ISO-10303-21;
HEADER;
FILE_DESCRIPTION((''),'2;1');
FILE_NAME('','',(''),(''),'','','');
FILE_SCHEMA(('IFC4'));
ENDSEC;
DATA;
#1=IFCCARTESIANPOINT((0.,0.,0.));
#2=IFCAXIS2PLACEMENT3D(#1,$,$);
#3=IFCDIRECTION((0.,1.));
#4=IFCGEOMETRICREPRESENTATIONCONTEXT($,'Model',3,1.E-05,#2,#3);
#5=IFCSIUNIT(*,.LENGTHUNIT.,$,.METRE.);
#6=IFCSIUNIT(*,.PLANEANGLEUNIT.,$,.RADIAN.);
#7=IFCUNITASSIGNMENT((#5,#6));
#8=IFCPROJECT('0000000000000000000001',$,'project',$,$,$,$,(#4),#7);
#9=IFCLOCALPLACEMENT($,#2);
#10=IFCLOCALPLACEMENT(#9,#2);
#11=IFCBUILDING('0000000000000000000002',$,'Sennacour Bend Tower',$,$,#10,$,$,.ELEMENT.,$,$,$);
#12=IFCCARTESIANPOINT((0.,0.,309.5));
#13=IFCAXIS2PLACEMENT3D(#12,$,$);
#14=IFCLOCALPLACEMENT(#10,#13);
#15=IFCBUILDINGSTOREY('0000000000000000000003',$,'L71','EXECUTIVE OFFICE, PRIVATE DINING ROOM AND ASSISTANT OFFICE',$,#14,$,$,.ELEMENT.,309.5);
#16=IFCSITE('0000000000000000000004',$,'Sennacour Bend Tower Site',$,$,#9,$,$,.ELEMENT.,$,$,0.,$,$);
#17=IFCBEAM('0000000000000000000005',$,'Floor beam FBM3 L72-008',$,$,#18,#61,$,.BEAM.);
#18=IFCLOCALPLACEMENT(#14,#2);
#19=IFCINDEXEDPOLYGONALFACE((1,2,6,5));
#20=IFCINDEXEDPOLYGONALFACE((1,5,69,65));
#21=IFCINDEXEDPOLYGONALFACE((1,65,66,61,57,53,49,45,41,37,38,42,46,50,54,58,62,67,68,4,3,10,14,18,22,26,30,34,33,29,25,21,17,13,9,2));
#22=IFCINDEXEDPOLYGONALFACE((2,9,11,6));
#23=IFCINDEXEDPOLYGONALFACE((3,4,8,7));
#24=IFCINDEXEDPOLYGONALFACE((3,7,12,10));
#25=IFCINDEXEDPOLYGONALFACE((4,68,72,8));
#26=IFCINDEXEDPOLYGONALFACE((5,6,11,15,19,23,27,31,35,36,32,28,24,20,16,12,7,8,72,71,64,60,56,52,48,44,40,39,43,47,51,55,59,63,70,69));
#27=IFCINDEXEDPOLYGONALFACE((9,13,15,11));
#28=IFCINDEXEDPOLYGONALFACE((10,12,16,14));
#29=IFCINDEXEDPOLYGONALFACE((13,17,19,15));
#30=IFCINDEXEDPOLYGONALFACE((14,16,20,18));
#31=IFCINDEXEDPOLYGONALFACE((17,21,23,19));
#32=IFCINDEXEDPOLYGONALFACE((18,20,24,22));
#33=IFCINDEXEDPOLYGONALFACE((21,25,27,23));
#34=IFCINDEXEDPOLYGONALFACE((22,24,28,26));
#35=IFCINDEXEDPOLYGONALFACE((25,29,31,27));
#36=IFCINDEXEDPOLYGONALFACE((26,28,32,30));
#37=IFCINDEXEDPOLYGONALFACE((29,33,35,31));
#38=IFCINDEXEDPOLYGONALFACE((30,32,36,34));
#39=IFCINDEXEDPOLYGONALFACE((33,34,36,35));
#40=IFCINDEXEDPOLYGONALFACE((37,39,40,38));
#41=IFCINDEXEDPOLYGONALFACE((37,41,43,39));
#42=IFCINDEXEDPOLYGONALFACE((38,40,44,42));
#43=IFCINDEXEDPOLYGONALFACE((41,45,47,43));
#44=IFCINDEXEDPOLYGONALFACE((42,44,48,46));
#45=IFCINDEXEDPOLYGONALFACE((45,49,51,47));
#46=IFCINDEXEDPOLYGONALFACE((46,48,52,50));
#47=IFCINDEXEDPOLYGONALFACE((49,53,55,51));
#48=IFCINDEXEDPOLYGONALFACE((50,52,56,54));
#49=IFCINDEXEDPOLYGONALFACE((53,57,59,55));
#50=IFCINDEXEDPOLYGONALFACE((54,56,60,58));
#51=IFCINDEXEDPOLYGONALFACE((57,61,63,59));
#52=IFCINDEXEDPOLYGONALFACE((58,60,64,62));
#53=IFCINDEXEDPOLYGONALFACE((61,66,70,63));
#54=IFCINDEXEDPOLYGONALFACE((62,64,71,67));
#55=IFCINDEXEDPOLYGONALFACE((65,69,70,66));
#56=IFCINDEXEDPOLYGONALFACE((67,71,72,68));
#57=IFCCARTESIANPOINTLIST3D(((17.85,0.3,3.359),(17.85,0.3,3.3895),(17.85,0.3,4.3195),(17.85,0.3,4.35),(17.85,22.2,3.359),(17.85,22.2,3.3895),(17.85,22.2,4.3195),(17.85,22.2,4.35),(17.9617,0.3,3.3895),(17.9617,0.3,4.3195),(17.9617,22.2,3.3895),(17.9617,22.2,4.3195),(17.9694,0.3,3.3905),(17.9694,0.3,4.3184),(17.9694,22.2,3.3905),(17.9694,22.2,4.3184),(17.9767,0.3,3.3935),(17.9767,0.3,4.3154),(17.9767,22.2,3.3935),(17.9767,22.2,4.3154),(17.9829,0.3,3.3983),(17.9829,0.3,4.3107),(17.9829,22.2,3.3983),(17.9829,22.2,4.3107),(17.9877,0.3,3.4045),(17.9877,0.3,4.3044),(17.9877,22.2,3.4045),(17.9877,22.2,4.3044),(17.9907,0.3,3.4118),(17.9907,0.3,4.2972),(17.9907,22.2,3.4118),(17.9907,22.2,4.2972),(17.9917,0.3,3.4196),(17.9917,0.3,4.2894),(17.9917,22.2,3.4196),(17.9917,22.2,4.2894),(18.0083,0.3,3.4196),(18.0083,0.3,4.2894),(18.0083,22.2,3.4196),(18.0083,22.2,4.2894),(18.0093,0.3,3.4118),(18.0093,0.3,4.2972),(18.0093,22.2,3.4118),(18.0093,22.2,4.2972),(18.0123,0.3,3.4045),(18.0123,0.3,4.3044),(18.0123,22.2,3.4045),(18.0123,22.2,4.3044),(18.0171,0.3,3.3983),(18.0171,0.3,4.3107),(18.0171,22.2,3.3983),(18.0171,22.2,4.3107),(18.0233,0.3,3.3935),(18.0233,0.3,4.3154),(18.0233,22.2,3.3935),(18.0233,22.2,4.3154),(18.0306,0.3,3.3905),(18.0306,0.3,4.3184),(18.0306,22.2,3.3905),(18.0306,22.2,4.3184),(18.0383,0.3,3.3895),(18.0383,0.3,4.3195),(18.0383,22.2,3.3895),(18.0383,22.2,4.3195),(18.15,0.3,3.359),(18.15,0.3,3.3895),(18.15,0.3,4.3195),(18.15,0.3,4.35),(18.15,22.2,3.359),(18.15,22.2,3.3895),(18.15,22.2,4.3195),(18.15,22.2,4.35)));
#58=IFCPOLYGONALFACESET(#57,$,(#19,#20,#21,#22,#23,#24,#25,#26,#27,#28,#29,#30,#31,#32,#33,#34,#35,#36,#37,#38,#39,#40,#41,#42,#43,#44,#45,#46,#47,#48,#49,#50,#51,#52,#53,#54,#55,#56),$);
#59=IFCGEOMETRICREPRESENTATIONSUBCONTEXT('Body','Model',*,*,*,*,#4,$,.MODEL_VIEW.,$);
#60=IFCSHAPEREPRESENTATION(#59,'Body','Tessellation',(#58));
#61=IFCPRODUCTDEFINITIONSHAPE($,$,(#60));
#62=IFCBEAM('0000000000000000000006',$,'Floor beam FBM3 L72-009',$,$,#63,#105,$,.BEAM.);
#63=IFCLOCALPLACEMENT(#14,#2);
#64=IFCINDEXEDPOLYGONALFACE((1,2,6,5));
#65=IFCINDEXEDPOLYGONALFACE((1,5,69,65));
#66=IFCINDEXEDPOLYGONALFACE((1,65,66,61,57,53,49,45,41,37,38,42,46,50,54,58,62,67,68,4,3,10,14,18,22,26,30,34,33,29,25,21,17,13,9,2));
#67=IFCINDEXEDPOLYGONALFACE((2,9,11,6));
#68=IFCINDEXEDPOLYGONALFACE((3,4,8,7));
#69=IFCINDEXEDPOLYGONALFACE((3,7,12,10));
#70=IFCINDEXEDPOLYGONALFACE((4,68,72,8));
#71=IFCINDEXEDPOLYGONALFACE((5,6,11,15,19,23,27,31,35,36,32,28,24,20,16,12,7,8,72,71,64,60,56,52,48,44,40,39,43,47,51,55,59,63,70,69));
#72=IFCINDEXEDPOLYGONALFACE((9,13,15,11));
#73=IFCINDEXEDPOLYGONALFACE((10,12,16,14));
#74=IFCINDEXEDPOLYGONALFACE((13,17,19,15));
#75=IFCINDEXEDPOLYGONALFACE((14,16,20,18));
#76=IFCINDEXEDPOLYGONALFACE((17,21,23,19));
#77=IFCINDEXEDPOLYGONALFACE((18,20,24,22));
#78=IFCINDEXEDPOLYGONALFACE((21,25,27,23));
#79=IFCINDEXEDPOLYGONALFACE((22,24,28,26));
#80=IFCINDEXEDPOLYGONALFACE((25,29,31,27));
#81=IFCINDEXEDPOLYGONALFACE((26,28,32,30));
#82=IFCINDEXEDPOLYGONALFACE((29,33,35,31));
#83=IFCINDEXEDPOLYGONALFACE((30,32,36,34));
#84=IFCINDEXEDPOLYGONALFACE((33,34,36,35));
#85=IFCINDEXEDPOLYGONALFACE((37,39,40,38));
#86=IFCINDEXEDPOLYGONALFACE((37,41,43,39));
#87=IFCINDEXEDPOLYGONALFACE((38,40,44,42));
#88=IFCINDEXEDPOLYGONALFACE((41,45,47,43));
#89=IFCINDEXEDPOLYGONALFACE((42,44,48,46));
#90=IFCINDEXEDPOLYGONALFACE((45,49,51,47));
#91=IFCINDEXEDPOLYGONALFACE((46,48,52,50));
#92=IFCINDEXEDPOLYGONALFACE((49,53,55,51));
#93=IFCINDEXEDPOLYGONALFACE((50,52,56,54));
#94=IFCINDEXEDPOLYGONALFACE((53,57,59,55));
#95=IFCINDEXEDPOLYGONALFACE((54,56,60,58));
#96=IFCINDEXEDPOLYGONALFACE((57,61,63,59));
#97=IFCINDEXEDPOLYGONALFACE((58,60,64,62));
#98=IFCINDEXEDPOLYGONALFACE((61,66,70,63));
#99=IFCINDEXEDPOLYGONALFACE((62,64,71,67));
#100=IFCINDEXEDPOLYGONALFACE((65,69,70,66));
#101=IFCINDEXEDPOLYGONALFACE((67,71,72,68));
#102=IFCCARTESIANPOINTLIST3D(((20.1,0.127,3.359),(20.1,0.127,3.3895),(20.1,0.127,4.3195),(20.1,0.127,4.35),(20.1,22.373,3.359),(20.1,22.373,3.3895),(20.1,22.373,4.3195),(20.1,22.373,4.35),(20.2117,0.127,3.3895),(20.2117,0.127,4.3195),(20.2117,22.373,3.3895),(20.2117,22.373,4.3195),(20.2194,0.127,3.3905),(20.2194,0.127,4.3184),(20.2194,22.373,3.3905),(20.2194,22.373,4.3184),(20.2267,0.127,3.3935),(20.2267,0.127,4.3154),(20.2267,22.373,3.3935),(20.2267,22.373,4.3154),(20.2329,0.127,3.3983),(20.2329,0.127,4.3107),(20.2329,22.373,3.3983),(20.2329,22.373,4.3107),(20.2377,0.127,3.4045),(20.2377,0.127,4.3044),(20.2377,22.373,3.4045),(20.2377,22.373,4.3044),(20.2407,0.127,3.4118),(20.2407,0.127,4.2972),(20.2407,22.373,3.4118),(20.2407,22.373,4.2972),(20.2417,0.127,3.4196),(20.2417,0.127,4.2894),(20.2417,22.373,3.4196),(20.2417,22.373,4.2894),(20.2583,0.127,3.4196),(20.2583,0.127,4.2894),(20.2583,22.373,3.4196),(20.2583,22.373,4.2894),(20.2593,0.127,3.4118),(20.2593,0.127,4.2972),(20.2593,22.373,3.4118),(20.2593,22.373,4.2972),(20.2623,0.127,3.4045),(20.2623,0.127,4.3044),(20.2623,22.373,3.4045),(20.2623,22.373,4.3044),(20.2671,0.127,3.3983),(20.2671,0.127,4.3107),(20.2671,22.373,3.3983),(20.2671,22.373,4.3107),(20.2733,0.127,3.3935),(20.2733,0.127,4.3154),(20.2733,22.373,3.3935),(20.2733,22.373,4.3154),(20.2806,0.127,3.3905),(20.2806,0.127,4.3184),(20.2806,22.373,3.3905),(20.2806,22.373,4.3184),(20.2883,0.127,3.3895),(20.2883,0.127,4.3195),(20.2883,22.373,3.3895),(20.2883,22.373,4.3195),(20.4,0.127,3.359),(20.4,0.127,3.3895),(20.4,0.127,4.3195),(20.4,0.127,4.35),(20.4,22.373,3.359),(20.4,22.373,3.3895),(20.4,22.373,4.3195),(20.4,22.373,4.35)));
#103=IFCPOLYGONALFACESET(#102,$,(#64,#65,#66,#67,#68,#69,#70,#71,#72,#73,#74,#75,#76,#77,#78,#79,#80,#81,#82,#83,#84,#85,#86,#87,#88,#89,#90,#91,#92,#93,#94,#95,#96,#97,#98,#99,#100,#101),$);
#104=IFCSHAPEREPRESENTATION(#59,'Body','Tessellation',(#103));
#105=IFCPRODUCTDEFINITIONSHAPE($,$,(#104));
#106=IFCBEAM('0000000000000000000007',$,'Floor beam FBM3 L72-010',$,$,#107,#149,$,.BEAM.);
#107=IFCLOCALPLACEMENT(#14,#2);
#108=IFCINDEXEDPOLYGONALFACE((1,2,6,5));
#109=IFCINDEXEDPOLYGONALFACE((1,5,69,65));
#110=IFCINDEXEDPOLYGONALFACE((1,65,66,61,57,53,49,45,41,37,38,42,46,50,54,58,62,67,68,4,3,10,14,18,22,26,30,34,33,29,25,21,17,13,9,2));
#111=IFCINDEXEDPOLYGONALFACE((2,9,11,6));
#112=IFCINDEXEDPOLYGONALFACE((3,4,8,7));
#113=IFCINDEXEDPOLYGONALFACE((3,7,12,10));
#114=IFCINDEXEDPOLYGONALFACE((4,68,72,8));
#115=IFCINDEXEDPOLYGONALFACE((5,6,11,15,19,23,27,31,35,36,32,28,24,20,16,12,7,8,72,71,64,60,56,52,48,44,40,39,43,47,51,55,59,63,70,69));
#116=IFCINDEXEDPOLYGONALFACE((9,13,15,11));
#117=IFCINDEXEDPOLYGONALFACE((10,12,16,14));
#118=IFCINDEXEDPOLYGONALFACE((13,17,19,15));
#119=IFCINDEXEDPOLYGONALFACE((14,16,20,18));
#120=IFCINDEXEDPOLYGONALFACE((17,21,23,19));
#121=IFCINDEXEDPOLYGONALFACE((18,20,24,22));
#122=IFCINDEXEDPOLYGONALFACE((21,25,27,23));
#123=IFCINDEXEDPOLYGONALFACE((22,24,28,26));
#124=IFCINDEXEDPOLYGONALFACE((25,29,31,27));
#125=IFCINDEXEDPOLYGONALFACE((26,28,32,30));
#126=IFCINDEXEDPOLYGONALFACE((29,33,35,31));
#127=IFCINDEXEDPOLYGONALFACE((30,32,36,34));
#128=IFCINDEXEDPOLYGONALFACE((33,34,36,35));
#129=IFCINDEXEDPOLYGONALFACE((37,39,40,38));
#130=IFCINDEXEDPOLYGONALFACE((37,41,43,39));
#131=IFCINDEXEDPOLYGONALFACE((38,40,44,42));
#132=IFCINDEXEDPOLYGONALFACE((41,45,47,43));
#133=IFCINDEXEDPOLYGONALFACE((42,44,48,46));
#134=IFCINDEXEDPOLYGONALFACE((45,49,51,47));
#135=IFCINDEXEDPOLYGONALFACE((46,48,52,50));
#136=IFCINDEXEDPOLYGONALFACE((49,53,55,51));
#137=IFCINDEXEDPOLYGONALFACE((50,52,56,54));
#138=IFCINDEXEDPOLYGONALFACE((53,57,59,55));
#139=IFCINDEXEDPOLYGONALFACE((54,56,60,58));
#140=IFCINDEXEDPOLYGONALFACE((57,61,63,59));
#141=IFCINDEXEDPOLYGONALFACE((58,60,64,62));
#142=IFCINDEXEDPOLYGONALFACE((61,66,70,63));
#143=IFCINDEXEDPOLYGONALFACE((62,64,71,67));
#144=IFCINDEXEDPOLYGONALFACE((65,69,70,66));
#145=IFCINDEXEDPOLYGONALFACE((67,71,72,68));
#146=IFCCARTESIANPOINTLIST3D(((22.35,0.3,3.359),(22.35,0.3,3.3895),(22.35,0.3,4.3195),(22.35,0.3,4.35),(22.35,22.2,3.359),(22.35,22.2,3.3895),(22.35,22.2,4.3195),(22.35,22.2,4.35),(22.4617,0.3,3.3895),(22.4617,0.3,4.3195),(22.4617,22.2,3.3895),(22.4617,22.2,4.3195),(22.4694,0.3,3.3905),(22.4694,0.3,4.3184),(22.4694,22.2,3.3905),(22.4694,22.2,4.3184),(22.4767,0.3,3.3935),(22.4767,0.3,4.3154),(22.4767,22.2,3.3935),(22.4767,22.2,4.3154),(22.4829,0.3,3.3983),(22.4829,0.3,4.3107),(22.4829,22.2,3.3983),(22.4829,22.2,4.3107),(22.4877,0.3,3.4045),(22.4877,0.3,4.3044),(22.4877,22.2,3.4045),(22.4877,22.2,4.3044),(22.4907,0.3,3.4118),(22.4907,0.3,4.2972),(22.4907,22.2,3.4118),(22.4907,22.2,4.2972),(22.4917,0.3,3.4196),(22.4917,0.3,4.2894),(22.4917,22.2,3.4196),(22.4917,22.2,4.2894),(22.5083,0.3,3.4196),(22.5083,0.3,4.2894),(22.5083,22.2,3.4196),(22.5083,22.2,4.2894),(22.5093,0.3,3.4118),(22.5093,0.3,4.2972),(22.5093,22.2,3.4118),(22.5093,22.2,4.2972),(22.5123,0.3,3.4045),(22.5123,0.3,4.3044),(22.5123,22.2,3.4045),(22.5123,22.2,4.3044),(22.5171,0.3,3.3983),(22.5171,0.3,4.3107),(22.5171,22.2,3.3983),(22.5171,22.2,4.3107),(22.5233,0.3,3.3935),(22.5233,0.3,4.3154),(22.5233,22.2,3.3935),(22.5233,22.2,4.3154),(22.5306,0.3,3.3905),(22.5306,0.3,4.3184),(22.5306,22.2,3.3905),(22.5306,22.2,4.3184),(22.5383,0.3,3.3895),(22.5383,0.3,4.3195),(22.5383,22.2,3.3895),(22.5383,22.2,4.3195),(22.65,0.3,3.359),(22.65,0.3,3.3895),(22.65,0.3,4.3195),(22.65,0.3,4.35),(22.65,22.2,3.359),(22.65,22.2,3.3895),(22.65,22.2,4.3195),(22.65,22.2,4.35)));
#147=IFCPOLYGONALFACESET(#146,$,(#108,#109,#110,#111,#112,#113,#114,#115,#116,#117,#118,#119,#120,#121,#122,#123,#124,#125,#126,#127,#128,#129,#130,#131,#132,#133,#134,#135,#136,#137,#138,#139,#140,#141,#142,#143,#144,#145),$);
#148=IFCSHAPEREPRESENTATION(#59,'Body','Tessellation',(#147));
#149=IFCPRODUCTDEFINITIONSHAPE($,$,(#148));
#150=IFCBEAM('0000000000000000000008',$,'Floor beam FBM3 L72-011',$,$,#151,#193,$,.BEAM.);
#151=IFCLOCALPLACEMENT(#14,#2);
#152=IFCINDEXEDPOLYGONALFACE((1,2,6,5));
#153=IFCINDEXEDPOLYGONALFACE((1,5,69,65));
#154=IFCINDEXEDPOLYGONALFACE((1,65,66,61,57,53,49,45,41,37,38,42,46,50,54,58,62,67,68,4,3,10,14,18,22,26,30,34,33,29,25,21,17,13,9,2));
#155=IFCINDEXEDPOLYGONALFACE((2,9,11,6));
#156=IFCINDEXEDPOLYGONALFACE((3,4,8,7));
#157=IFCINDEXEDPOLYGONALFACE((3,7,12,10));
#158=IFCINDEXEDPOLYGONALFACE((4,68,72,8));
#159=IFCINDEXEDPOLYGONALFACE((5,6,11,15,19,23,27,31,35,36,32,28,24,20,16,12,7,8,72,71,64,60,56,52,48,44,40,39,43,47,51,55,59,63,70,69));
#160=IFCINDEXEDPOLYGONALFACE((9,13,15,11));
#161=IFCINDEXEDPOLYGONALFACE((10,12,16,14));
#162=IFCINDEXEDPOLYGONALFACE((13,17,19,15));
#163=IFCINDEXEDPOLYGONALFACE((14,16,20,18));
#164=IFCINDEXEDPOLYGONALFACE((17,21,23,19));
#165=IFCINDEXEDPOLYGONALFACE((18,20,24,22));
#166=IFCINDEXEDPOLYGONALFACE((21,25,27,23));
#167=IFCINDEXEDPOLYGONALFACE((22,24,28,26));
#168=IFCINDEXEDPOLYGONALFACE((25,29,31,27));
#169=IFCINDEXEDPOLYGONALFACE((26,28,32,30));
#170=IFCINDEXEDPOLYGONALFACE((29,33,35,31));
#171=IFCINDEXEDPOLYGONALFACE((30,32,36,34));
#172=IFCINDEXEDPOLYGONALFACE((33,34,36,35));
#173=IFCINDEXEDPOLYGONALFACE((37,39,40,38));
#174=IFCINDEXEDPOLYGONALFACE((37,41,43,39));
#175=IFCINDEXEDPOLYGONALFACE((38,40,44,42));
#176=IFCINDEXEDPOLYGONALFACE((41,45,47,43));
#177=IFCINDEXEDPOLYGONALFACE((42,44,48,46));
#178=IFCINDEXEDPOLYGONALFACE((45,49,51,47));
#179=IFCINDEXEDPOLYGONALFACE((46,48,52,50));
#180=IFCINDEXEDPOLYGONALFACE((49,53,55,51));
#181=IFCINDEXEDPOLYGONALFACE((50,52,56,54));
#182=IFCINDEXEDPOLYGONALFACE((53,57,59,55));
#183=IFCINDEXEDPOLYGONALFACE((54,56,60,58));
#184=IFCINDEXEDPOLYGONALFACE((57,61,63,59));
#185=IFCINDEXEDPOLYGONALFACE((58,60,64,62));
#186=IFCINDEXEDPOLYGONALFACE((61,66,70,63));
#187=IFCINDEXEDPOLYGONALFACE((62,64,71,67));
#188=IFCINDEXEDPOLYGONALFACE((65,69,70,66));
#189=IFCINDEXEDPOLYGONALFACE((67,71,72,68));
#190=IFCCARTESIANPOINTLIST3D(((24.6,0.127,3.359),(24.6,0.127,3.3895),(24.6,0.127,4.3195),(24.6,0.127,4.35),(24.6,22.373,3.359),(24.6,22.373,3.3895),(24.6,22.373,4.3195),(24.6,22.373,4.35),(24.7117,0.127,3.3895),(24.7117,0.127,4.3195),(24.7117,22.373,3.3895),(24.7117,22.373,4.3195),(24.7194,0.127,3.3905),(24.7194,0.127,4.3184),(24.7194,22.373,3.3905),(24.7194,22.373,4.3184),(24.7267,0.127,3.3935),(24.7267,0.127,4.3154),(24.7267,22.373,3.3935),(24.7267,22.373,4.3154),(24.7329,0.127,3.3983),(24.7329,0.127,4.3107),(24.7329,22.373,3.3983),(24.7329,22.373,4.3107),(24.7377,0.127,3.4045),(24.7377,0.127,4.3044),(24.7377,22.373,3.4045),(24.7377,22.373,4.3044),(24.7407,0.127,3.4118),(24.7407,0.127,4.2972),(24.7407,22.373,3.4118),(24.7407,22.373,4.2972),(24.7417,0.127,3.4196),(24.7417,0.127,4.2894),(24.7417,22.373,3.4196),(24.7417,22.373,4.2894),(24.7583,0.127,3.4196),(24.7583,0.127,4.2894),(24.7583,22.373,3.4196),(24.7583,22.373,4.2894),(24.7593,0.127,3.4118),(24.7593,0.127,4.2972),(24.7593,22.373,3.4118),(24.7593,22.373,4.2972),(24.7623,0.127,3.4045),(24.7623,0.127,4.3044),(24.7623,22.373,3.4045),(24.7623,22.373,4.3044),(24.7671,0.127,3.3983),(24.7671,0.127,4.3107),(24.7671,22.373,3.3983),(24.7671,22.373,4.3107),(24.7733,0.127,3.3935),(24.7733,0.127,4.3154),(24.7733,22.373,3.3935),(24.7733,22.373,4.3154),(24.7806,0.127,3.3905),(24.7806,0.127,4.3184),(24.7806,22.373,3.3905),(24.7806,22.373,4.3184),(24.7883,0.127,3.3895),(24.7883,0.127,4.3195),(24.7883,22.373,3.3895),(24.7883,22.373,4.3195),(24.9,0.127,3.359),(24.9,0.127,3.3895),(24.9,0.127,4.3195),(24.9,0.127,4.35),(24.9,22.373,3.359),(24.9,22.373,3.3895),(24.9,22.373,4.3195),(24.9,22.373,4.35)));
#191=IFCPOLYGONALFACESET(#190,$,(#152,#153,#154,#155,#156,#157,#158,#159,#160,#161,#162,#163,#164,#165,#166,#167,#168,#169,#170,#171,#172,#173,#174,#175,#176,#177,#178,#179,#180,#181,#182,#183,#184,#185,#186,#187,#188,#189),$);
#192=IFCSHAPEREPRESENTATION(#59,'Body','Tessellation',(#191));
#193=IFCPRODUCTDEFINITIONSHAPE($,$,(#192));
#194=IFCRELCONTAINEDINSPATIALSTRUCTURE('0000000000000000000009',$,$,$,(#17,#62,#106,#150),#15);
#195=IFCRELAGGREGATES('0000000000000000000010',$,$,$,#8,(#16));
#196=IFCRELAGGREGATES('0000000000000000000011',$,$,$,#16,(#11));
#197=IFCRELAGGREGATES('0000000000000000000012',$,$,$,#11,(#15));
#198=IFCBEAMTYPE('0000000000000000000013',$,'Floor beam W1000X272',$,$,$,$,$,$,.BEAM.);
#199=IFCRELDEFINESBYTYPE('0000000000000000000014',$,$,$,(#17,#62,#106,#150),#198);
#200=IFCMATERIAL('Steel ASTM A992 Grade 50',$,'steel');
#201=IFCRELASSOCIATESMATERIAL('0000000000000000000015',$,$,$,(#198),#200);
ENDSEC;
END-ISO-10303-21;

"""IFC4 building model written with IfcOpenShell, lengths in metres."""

from ifc_helpers import new_model, si_unit, direction, frame, origin, origin_2d, place, context, subcontext, project, spatial, i_section, extrude, material, material_profile, profile_set, type_object, element, save


model = new_model("IFC4")

# Units and contexts
model_context = context("Model", 3, precision=1e-05, world=origin(), true_north=direction((0.0, 1.0)))
body_context = subcontext(model_context, "Body", "Model", "MODEL_VIEW")
ifc_project = project(units=[si_unit("LENGTHUNIT", "METRE"), si_unit("PLANEANGLEUNIT", "RADIAN")], contexts=[model_context])

# Site, building, storey
site_placement = place(None, origin())
site = spatial("IfcSite", under=ifc_project, at=site_placement, Name="Sennacour Bend Tower Site", CompositionType="ELEMENT", RefElevation=0.0)
building_placement = place(site_placement, origin())
building = spatial("IfcBuilding", under=site, at=building_placement, Name="Sennacour Bend Tower", CompositionType="ELEMENT")
storey_placement = place(building_placement, frame((0.0, 0.0, 309.5)))
storey = spatial("IfcBuildingStorey", under=building, at=storey_placement, Name="L71", Description="EXECUTIVE OFFICE, PRIVATE DINING ROOM AND ASSISTANT OFFICE", CompositionType="ELEMENT", Elevation=309.5)

# Beams
ifc_material_1 = material(Name="Steel ASTM A992 Grade 50", Category="steel")
ifc_material_profile_1 = material_profile(ifc_material_1, i_section(OverallWidth=0.3, OverallDepth=0.991, WebThickness=0.0166, FlangeThickness=0.0305, FilletRadius=0.03, at=origin_2d()), Name="Steel ASTM A992 Grade 50", Category="steel")
ifc_profile_set_1 = profile_set([ifc_material_profile_1], Name="Steel ASTM A992 Grade 50")
beam_type_1 = type_object("IfcBeamType", Name="Floor beam W1000X272", PredefinedType="BEAM", material=ifc_profile_set_1)
beam_1_placement = place(storey_placement, frame((18.0, 0.3, 3.8545), z_axis=(0.0, 1.0, 0.0), x_axis=(-1.0, 0.0, 0.0)))
element("IfcBeam", 1, at=beam_1_placement, inside=storey, type_object=beam_type_1, Name="Floor beam FBM3 L72-008", PredefinedType="BEAM", context=body_context, shape_type="SweptSolid", body=[
    extrude(i_section(OverallWidth=0.3, OverallDepth=0.991, WebThickness=0.0166, FlangeThickness=0.0305, FilletRadius=0.03, at=origin_2d()), origin(), (0.0, 0.0, 1.0), 21.8999),
])
beam_2_placement = place(storey_placement, frame((20.25, 0.127, 3.8545), z_axis=(0.0, 1.0, 0.0), x_axis=(-1.0, 0.0, 0.0)))
element("IfcBeam", 2, at=beam_2_placement, inside=storey, type_object=beam_type_1, Name="Floor beam FBM3 L72-009", PredefinedType="BEAM", context=body_context, shape_type="SweptSolid", body=[
    extrude(i_section(OverallWidth=0.3, OverallDepth=0.991, WebThickness=0.0166, FlangeThickness=0.0305, FilletRadius=0.03, at=origin_2d()), origin(), (0.0, 0.0, 1.0), 22.2461),
])
beam_3_placement = place(storey_placement, frame((22.5, 0.3, 3.8545), z_axis=(0.0, 1.0, 0.0), x_axis=(-1.0, 0.0, 0.0)))
element("IfcBeam", 3, at=beam_3_placement, inside=storey, type_object=beam_type_1, Name="Floor beam FBM3 L72-010", PredefinedType="BEAM", context=body_context, shape_type="SweptSolid", body=[
    extrude(i_section(OverallWidth=0.3, OverallDepth=0.991, WebThickness=0.0166, FlangeThickness=0.0305, FilletRadius=0.03, at=origin_2d()), origin(), (0.0, 0.0, 1.0), 21.8999),
])
beam_4_placement = place(storey_placement, frame((24.75, 0.127, 3.8545), z_axis=(0.0, 1.0, 0.0), x_axis=(-1.0, 0.0, 0.0)))
element("IfcBeam", 4, at=beam_4_placement, inside=storey, type_object=beam_type_1, Name="Floor beam FBM3 L72-011", PredefinedType="BEAM", context=body_context, shape_type="SweptSolid", body=[
    extrude(i_section(OverallWidth=0.3, OverallDepth=0.991, WebThickness=0.0166, FlangeThickness=0.0305, FilletRadius=0.03, at=origin_2d()), origin(), (0.0, 0.0, 1.0), 22.2461),
])

save(model, "model.ifc")
